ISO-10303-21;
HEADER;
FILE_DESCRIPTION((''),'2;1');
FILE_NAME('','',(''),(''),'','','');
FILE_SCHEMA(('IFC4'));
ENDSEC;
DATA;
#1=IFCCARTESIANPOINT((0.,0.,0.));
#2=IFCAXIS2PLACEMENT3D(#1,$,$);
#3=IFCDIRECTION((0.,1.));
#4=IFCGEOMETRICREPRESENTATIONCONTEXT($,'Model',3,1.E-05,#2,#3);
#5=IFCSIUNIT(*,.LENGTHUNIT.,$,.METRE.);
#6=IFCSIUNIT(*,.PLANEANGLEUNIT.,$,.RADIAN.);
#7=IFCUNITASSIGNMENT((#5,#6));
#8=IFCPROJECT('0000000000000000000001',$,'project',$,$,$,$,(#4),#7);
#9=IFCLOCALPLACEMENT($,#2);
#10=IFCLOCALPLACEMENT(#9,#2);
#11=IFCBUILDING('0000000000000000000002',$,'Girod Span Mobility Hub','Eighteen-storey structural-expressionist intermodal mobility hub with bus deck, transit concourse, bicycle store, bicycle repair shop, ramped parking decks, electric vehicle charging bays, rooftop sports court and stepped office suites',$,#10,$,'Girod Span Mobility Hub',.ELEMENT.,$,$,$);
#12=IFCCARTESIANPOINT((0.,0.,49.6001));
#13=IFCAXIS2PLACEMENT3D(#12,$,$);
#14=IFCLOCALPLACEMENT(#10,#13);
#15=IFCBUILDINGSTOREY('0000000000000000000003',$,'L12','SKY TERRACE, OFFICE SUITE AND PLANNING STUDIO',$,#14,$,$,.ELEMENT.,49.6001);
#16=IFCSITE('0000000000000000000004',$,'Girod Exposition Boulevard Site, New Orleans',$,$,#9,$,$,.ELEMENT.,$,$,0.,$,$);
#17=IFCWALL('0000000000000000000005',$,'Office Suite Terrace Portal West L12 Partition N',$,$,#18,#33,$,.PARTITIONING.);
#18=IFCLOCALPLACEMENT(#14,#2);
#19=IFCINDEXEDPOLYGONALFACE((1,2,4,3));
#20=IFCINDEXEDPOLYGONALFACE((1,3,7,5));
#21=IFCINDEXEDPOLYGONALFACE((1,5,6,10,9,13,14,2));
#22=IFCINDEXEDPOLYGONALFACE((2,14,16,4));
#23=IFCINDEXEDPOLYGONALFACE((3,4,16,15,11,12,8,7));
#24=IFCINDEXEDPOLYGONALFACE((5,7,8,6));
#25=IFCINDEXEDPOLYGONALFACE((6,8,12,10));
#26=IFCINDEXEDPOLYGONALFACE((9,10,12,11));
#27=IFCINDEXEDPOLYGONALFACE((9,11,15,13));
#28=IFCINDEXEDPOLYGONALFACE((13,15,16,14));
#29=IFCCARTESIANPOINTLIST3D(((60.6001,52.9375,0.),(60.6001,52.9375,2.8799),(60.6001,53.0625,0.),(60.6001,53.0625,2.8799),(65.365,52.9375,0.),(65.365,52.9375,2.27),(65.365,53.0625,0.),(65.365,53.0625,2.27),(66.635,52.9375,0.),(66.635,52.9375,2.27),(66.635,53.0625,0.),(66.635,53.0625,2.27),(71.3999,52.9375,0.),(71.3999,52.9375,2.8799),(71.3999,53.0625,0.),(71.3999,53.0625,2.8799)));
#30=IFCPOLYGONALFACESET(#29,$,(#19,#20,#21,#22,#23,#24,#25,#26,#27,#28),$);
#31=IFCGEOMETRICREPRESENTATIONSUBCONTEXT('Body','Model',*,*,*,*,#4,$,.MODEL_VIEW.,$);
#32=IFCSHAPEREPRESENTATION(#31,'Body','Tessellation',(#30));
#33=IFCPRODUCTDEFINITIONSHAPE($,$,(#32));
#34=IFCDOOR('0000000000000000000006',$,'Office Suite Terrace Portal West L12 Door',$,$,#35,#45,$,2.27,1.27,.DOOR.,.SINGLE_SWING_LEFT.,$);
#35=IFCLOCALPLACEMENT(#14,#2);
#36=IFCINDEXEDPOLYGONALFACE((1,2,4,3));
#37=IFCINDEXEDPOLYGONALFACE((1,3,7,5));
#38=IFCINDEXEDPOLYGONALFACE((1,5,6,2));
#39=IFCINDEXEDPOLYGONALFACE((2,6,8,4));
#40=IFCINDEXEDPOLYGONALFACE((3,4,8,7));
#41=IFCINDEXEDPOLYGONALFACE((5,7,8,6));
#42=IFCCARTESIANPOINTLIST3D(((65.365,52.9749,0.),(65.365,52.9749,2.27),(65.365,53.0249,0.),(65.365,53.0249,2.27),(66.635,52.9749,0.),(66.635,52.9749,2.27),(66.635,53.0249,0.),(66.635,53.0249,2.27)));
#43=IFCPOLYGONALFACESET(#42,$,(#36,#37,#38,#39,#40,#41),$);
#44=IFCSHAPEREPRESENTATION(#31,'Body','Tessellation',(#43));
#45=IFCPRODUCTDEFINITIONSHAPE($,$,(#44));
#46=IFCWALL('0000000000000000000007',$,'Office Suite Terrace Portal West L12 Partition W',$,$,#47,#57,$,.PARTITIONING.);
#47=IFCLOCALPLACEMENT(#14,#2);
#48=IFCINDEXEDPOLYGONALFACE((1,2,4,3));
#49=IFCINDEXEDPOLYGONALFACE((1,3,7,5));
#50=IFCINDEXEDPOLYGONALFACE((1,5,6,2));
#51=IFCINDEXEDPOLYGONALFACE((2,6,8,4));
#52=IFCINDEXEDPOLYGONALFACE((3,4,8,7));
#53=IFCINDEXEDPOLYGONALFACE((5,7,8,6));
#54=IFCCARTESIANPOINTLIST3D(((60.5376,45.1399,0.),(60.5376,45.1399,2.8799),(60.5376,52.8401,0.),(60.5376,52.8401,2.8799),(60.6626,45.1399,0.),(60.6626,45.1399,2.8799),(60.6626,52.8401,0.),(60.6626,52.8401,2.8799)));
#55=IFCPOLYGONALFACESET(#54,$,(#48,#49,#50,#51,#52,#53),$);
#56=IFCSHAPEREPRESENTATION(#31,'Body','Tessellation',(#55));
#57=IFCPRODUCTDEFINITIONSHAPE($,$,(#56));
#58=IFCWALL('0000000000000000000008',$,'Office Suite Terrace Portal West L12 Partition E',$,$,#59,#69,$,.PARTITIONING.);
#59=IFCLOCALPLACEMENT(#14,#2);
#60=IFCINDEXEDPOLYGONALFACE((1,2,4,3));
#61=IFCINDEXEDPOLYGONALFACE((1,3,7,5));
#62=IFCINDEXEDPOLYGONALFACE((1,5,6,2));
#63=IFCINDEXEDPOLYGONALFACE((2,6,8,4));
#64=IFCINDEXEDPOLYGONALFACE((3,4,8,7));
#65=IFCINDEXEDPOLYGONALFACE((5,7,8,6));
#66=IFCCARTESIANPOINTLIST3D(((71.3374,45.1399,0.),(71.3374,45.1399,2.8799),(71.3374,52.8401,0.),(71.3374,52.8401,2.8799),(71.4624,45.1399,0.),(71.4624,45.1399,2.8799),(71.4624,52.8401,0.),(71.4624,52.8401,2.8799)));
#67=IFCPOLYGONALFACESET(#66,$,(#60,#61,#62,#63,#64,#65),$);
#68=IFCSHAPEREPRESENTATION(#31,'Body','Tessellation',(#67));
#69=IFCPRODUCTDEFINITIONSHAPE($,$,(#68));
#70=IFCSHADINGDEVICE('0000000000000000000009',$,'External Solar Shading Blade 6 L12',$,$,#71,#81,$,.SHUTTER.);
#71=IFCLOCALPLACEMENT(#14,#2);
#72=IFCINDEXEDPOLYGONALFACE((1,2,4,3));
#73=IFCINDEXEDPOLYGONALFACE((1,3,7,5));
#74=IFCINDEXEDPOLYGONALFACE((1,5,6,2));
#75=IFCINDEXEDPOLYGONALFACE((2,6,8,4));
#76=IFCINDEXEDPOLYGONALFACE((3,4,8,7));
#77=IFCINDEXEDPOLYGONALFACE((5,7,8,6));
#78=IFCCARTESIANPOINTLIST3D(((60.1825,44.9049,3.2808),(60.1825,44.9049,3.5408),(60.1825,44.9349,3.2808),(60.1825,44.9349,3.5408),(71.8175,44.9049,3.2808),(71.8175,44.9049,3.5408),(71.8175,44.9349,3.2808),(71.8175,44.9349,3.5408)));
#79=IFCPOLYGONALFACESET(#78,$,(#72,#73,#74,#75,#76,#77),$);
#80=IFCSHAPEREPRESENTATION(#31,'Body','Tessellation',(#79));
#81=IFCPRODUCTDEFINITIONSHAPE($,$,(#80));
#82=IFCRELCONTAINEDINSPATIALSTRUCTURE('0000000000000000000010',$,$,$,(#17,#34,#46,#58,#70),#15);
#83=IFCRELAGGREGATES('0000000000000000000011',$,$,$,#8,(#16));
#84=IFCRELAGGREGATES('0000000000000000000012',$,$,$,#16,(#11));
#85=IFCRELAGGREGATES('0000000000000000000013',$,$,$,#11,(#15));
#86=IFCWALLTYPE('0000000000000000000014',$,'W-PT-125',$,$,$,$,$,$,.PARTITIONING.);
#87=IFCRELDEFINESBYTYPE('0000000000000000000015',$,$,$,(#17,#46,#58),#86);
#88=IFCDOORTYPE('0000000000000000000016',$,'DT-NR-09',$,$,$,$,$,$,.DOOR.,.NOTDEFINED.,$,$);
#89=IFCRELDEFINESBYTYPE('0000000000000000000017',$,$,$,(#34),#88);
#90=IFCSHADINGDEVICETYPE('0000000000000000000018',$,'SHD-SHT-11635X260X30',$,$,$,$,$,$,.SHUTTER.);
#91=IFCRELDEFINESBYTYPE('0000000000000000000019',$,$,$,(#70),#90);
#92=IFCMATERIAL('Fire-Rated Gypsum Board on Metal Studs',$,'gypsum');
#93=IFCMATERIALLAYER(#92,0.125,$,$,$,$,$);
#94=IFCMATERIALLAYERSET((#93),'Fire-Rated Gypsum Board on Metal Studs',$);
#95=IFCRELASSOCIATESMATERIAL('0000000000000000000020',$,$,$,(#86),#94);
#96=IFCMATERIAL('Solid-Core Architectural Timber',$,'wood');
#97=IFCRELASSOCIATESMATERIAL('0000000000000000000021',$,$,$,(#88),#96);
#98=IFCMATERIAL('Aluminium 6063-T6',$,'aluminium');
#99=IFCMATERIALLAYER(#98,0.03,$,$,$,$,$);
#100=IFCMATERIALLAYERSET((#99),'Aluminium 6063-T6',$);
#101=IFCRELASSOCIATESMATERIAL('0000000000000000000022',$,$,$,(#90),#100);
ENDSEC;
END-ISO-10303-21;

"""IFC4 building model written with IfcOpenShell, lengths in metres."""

from ifc_helpers import new_model, si_unit, direction, frame, frame_2d, origin, origin_2d, place, context, subcontext, project, spatial, rectangle, extrude, material, layer, layer_set, type_object, element, fill, save


model = new_model("IFC4")

# Units and contexts
model_context = context("Model", 3, precision=1e-05, world=origin(), true_north=direction((0.0, 1.0)))
body_context = subcontext(model_context, "Body", "Model", "MODEL_VIEW")
ifc_project = project(units=[si_unit("LENGTHUNIT", "METRE"), si_unit("PLANEANGLEUNIT", "RADIAN")], contexts=[model_context])

# Site, building, storey
site_placement = place(None, origin())
site = spatial("IfcSite", under=ifc_project, at=site_placement, Name="Girod Exposition Boulevard Site, New Orleans", CompositionType="ELEMENT", RefElevation=0.0)
building_placement = place(site_placement, origin())
building = spatial("IfcBuilding", under=site, at=building_placement, Name="Girod Span Mobility Hub", Description="Eighteen-storey structural-expressionist intermodal mobility hub with bus deck, transit concourse, bicycle store, bicycle repair shop, ramped parking decks, electric vehicle charging bays, rooftop sports court and stepped office suites", LongName="Girod Span Mobility Hub", CompositionType="ELEMENT")
storey_placement = place(building_placement, frame((0.0, 0.0, 49.6001)))
storey = spatial("IfcBuildingStorey", under=building, at=storey_placement, Name="L12", Description="SKY TERRACE, OFFICE SUITE AND PLANNING STUDIO", CompositionType="ELEMENT", Elevation=49.6001)

# Wall, opening, door
ifc_material_1 = material(Name="Fire-Rated Gypsum Board on Metal Studs", Category="gypsum")
ifc_layer_1 = layer(ifc_material_1, 0.125)
ifc_layer_set_1 = layer_set([ifc_layer_1], Name="Fire-Rated Gypsum Board on Metal Studs")
wall_type_1 = type_object("IfcWallType", Name="W-PT-125", PredefinedType="PARTITIONING", material=ifc_layer_set_1)
wall_1_placement = place(storey_placement, frame((60.6001, 53.0, 0.0), z_axis=(0.0, 0.0, 1.0), x_axis=(1.0, 0.0, 0.0)))
wall_1 = element("IfcWall", 1, at=wall_1_placement, inside=storey, type_object=wall_type_1, Name="Office Suite Terrace Portal West L12 Partition N", PredefinedType="PARTITIONING", context=body_context, shape_type="SweptSolid", body=[
    extrude(rectangle(XDim=10.7998, YDim=0.125, at=frame_2d((5.3999, 0.0))), origin(), (0.0, 0.0, 1.0), 2.8799),
])
opening_1_placement = place(wall_1_placement, frame((4.7649, 0.0, 0.0)))
opening_1 = element("IfcOpeningElement", 2, at=opening_1_placement, cuts=wall_1, PredefinedType="OPENING", context=body_context, shape_type="SweptSolid", body=[
    extrude(rectangle(XDim=1.27, YDim=2.27, at=frame_2d((0.635, 1.135))), frame((0.0, 0.0774, 0.0), z_axis=(0.0, -1.0, 0.0), x_axis=(1.0, 0.0, 0.0)), (0.0, 0.0, 1.0), 0.155),
])
ifc_material_2 = material(Name="Solid-Core Architectural Timber", Category="wood")
door_type_1 = type_object("IfcDoorType", Name="DT-NR-09", OperationType="NOTDEFINED", PredefinedType="DOOR", material=ifc_material_2)
door_1_placement = place(opening_1_placement, origin())
door_1 = element("IfcDoor", 3, at=door_1_placement, inside=storey, type_object=door_type_1, Name="Office Suite Terrace Portal West L12 Door", OperationType="SINGLE_SWING_LEFT", OverallHeight=2.27, OverallWidth=1.27, PredefinedType="DOOR", context=body_context, shape_type="SweptSolid", body=[
    extrude(rectangle(XDim=1.27, YDim=2.27, at=frame_2d((0.635, 1.135))), frame((0.0, 0.0249, 0.0), z_axis=(0.0, -1.0, 0.0), x_axis=(1.0, 0.0, 0.0)), (0.0, 0.0, 1.0), 0.05),
])
fill(opening_1, door_1)

# Walls
for number, where, z_axis, x_axis, name in (
    (4, (60.6001, 45.1399, 0.0), (0.0, 0.0, 1.0), (0.0, 1.0, 0.0), "Office Suite Terrace Portal West L12 Partition W"),
    (5, (71.3999, 45.1399, 0.0), (0.0, 0.0, 1.0), (0.0, 1.0, 0.0), "Office Suite Terrace Portal West L12 Partition E"),
):
    element("IfcWall", number, at=place(storey_placement, frame(where, z_axis=z_axis, x_axis=x_axis)), inside=storey, type_object=wall_type_1, Name=name, PredefinedType="PARTITIONING", context=body_context, shape_type="SweptSolid", body=[
        extrude(rectangle(XDim=7.7002, YDim=0.125, at=frame_2d((3.8501, 0.0))), origin(), (0.0, 0.0, 1.0), 2.8799),
    ])

# Shading device
ifc_material_3 = material(Name="Aluminium 6063-T6", Category="aluminium")
ifc_layer_2 = layer(ifc_material_3, 0.03)
ifc_layer_set_2 = layer_set([ifc_layer_2], Name="Aluminium 6063-T6")
shading_device_type = type_object("IfcShadingDeviceType", Name="SHD-SHT-11635X260X30", PredefinedType="SHUTTER", material=ifc_layer_set_2)
shading_device_placement = place(storey_placement, frame((66.0, 44.9199, 3.2808), z_axis=(0.0, 0.0, 1.0), x_axis=(1.0, 0.0, 0.0)))
element("IfcShadingDevice", 6, at=shading_device_placement, inside=storey, type_object=shading_device_type, Name="External Solar Shading Blade 6 L12", PredefinedType="SHUTTER", context=body_context, shape_type="SweptSolid", body=[
    extrude(rectangle(XDim=11.635, YDim=0.03, at=origin_2d()), origin(), (0.0, 0.0, 1.0), 0.26),
])

save(model, "model.ifc")
